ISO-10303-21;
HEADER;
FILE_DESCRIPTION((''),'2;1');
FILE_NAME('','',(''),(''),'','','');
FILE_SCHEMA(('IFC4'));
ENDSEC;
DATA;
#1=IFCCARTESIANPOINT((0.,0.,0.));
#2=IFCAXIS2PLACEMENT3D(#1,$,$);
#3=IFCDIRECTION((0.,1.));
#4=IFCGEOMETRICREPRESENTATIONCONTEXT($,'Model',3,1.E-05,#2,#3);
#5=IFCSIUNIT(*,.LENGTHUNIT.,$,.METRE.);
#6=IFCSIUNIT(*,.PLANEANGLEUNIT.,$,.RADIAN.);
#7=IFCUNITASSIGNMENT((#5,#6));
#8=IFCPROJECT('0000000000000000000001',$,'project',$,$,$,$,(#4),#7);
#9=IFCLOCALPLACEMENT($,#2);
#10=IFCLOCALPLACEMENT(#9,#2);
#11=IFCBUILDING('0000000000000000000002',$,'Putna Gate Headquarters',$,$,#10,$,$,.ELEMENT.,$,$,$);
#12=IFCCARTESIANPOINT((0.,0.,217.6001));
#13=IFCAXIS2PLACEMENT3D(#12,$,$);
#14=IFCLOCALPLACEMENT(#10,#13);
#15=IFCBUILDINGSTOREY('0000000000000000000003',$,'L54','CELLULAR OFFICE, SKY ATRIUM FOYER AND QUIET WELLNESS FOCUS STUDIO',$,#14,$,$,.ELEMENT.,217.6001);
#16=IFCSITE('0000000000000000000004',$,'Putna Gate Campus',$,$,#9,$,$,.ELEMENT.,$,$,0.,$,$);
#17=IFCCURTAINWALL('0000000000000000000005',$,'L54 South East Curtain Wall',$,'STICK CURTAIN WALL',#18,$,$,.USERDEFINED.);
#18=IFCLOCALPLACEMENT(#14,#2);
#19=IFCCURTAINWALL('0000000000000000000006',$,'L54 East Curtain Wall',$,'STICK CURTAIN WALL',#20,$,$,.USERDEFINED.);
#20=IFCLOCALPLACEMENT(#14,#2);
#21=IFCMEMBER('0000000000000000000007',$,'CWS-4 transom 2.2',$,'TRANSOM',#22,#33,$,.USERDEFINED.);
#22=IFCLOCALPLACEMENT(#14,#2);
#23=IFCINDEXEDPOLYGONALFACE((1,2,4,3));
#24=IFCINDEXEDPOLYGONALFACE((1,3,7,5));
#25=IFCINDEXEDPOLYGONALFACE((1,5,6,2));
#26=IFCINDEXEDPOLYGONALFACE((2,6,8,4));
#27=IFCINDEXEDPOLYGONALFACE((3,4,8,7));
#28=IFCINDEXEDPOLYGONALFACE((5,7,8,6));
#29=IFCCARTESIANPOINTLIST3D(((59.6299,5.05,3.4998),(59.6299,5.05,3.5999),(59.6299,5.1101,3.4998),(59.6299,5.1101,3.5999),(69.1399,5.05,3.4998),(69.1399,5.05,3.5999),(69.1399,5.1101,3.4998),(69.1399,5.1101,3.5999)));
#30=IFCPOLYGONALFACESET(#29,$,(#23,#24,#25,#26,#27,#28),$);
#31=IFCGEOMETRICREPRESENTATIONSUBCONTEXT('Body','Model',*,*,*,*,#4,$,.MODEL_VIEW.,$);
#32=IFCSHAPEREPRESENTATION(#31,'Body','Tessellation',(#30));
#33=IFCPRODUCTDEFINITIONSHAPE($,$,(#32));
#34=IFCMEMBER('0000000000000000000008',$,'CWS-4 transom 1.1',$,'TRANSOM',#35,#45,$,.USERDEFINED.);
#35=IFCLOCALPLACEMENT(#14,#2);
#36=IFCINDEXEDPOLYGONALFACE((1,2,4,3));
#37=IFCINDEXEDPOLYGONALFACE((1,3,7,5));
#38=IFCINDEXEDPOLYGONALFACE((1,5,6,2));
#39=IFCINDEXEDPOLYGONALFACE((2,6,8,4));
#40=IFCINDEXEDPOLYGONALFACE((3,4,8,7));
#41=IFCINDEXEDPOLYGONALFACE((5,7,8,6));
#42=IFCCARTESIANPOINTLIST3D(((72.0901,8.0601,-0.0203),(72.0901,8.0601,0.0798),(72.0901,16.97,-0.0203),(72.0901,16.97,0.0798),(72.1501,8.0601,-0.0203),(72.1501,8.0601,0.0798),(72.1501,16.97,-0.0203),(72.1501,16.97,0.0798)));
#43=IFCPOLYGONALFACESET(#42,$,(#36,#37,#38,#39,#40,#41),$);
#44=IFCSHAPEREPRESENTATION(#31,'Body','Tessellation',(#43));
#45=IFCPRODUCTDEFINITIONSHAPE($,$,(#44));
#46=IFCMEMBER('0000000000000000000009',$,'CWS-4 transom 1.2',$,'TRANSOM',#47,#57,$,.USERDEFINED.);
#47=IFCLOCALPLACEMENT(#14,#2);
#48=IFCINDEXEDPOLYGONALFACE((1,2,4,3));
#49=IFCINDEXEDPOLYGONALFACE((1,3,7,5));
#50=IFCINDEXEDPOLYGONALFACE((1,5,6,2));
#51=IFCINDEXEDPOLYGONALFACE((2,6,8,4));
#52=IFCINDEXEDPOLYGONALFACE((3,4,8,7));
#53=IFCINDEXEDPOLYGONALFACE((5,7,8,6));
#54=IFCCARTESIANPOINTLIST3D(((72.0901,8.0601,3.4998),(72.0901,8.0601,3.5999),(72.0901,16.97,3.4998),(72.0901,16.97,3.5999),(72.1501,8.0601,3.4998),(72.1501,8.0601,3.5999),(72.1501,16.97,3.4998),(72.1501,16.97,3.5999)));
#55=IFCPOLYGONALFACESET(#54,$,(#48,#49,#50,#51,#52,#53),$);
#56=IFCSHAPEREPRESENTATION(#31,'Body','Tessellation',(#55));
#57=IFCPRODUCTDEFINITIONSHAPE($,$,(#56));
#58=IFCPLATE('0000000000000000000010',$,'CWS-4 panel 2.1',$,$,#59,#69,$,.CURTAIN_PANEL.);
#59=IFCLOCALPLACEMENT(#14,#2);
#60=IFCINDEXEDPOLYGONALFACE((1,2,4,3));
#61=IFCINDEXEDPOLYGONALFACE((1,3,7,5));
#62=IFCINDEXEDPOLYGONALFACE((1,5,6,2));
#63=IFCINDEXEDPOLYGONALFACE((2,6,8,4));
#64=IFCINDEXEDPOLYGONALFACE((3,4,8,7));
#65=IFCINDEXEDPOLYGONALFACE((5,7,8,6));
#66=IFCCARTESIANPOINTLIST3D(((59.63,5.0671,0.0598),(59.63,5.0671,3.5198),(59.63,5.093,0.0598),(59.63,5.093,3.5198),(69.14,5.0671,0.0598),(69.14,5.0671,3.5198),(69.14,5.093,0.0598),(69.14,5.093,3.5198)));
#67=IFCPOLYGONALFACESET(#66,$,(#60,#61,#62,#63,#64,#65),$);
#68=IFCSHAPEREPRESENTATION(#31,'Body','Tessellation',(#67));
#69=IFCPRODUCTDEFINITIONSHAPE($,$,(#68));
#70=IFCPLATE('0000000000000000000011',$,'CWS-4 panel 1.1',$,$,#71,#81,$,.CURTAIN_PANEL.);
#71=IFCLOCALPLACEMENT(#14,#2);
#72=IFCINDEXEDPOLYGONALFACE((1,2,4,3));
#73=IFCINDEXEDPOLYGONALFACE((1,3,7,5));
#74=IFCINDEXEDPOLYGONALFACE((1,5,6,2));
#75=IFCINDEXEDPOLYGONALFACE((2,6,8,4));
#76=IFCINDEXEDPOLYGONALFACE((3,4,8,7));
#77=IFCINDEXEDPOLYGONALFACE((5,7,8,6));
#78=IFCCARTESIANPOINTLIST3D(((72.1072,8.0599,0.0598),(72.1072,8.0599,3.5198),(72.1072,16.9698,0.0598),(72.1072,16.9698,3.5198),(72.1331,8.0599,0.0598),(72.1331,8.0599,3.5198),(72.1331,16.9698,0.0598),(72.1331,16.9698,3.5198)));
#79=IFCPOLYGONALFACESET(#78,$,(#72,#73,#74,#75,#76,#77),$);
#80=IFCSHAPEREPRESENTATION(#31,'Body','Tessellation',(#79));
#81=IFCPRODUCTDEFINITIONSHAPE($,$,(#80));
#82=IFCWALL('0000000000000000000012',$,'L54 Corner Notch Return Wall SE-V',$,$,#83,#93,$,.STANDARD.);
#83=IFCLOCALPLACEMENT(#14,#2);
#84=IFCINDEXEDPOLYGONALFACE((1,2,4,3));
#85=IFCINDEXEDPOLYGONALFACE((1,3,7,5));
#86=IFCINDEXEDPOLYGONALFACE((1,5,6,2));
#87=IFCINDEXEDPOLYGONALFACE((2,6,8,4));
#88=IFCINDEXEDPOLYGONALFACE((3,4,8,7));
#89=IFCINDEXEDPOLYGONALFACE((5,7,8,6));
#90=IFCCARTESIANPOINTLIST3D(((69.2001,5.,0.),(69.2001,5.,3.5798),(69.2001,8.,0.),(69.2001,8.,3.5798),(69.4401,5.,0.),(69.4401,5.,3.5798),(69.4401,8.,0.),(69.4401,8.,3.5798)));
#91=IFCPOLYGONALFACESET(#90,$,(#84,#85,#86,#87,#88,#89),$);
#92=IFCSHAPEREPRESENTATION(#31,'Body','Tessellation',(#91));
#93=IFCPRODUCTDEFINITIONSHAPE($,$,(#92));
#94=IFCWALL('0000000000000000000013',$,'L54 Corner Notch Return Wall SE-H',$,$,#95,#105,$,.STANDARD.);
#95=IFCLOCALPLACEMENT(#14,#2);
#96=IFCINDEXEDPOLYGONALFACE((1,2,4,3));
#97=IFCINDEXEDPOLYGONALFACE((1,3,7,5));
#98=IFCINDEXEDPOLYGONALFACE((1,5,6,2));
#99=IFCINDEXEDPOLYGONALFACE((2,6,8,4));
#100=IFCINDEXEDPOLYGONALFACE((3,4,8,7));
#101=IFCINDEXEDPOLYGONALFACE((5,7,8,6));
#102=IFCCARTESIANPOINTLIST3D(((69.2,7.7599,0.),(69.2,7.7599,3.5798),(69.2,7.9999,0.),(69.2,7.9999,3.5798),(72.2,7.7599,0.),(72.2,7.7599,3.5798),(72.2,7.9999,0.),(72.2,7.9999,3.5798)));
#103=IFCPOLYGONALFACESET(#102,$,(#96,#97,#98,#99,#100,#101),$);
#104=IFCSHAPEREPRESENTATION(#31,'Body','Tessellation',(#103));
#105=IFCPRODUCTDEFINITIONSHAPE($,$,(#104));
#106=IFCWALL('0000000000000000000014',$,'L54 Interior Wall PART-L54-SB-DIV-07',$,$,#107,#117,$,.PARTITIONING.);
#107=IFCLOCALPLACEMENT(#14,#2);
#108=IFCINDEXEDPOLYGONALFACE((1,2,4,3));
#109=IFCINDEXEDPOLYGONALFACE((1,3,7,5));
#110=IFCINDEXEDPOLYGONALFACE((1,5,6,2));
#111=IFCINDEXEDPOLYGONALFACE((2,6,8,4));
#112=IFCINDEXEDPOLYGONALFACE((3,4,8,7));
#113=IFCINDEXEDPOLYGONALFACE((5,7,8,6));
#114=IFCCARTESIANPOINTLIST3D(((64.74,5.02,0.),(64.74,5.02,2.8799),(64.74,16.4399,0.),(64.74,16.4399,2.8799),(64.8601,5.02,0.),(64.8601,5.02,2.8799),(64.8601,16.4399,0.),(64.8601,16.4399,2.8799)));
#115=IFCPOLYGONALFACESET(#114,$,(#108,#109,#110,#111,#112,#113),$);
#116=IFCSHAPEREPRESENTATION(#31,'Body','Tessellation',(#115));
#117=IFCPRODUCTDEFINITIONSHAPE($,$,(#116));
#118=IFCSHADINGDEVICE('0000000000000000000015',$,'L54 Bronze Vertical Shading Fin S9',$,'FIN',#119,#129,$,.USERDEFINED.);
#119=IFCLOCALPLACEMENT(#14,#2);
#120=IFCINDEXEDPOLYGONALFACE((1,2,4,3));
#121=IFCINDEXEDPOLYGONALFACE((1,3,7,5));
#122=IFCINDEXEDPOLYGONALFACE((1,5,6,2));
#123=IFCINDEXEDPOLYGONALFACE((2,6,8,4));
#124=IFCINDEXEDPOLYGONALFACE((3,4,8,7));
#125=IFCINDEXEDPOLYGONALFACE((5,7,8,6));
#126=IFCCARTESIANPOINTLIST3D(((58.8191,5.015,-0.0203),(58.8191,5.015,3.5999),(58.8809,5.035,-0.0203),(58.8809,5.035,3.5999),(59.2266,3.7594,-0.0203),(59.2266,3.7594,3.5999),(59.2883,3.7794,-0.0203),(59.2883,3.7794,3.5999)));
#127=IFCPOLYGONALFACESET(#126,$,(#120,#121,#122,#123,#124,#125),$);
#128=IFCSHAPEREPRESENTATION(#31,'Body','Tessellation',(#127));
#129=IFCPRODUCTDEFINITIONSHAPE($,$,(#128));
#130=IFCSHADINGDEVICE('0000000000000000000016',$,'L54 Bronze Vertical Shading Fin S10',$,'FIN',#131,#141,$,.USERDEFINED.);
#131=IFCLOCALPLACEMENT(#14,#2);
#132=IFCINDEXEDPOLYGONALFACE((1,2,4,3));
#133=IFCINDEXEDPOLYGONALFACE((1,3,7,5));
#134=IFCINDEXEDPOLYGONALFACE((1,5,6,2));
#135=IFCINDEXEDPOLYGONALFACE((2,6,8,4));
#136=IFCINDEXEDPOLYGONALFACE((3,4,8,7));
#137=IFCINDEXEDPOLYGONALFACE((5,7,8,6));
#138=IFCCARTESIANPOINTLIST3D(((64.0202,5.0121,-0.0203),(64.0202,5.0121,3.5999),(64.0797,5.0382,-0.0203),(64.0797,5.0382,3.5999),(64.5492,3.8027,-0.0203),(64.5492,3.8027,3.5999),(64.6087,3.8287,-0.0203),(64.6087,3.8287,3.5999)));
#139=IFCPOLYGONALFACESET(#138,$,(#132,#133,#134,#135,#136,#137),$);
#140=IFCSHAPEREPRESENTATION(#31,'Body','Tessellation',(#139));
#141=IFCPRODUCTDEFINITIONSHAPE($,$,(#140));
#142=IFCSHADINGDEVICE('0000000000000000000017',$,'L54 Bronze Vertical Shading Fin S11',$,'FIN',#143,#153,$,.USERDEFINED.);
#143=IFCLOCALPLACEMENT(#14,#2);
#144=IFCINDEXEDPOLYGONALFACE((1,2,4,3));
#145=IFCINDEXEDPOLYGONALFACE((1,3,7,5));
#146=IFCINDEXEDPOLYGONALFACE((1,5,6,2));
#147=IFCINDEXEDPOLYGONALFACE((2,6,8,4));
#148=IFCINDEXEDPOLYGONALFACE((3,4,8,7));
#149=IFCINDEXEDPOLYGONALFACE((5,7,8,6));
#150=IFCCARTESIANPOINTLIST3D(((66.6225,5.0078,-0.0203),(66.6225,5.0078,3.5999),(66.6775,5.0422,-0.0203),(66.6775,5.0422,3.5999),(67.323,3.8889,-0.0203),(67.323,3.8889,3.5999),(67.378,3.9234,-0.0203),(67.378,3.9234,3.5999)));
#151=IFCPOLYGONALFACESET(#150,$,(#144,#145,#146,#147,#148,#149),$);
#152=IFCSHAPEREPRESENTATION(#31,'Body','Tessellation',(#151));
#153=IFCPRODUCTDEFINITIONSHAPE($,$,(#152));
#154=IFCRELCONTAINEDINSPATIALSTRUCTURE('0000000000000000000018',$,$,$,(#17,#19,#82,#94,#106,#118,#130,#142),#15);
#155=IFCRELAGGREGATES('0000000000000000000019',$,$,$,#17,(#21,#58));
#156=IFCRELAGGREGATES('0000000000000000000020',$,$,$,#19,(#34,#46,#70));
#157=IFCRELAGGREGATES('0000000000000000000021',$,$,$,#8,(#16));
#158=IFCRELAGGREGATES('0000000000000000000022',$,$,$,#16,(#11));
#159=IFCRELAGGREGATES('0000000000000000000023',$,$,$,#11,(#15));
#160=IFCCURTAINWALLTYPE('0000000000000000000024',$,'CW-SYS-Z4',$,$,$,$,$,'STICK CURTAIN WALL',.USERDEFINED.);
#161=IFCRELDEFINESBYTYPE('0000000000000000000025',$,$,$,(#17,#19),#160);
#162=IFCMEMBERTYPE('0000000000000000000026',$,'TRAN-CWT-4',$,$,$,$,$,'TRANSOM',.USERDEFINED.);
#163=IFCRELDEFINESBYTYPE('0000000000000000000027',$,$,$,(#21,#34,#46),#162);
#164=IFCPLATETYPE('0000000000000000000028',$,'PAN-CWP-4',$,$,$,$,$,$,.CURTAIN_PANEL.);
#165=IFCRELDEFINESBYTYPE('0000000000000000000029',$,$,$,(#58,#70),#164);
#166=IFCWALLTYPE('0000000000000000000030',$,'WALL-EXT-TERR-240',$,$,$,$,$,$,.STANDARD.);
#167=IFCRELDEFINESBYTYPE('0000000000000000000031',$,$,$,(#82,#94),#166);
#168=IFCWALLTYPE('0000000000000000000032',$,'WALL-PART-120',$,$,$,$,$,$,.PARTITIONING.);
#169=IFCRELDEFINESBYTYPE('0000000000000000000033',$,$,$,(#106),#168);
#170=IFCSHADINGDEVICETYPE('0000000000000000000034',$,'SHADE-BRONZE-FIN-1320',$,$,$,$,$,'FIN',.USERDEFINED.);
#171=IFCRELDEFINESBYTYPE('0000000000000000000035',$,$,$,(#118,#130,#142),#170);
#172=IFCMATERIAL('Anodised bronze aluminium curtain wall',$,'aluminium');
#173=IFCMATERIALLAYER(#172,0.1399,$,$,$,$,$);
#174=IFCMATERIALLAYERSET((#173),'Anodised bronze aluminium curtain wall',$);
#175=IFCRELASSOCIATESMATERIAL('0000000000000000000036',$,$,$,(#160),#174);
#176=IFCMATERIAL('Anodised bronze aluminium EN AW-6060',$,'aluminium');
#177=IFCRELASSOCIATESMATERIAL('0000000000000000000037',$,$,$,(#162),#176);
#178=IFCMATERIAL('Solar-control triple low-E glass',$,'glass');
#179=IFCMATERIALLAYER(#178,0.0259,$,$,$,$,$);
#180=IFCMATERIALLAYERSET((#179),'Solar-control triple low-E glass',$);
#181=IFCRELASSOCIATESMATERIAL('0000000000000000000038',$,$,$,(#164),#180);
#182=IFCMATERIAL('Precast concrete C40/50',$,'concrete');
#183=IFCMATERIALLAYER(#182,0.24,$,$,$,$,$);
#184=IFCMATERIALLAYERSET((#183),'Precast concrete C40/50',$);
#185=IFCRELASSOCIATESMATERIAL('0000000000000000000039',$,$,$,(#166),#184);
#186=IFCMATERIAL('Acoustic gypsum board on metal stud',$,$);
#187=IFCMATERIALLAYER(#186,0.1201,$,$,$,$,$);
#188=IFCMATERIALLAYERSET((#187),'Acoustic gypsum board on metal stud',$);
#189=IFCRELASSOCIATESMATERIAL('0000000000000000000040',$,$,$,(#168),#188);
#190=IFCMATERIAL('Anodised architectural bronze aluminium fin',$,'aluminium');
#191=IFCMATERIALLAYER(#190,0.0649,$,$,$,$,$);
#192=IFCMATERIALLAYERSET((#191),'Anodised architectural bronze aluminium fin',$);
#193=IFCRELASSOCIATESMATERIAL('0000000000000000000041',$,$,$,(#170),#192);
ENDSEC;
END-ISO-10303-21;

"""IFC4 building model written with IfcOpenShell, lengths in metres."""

from ifc_helpers import new_model, si_unit, direction, frame, frame_2d, origin, origin_2d, place, context, subcontext, project, spatial, rectangle, extrude, material, layer, layer_set, material_profile, profile_set, type_object, element, aggregate, save


model = new_model("IFC4")

# Units and contexts
model_context = context("Model", 3, precision=1e-05, world=origin(), true_north=direction((0.0, 1.0)))
body_context = subcontext(model_context, "Body", "Model", "MODEL_VIEW")
ifc_project = project(units=[si_unit("LENGTHUNIT", "METRE"), si_unit("PLANEANGLEUNIT", "RADIAN")], contexts=[model_context])

# Site, building, storey
site_placement = place(None, origin())
site = spatial("IfcSite", under=ifc_project, at=site_placement, Name="Putna Gate Campus", CompositionType="ELEMENT", RefElevation=0.0)
building_placement = place(site_placement, origin())
building = spatial("IfcBuilding", under=site, at=building_placement, Name="Putna Gate Headquarters", CompositionType="ELEMENT")
storey_placement = place(building_placement, frame((0.0, 0.0, 217.6001)))
storey = spatial("IfcBuildingStorey", under=building, at=storey_placement, Name="L54", Description="CELLULAR OFFICE, SKY ATRIUM FOYER AND QUIET WELLNESS FOCUS STUDIO", CompositionType="ELEMENT", Elevation=217.6001)

# Curtain wall
ifc_material_1 = material(Name="Anodised bronze aluminium curtain wall", Category="aluminium")
ifc_layer_1 = layer(ifc_material_1, 0.1399)
ifc_layer_set_1 = layer_set([ifc_layer_1], Name="Anodised bronze aluminium curtain wall")
curtain_wall_type = type_object("IfcCurtainWallType", Name="CW-SYS-Z4", ElementType="STICK CURTAIN WALL", PredefinedType="USERDEFINED", material=ifc_layer_set_1)
curtain_wall_1_placement = place(storey_placement, origin())
curtain_wall_1 = element("IfcCurtainWall", 1, at=curtain_wall_1_placement, inside=storey, type_object=curtain_wall_type, Name="L54 South East Curtain Wall", ObjectType="STICK CURTAIN WALL", PredefinedType="USERDEFINED")
ifc_material_2 = material(Name="Anodised bronze aluminium EN AW-6060", Category="aluminium")

# Curtain wall
curtain_wall_2_placement = place(storey_placement, origin())
curtain_wall_2 = element("IfcCurtainWall", 2, at=curtain_wall_2_placement, inside=storey, type_object=curtain_wall_type, Name="L54 East Curtain Wall", ObjectType="STICK CURTAIN WALL", PredefinedType="USERDEFINED")

# Members
ifc_material_profile_1 = material_profile(ifc_material_2, rectangle(XDim=0.0601, YDim=0.1001, at=origin_2d()), Name="Anodised bronze aluminium EN AW-6060")
ifc_profile_set_1 = profile_set([ifc_material_profile_1], Name="Anodised bronze aluminium EN AW-6060")
member_type_1 = type_object("IfcMemberType", Name="TRAN-CWT-4", ElementType="TRANSOM", PredefinedType="USERDEFINED", material=ifc_profile_set_1)
member_1_placement = place(storey_placement, frame((59.6299, 5.0801, 3.5498), z_axis=(1.0, 0.0, 0.0), x_axis=(0.0, 1.0, 0.0)))
member_1 = element("IfcMember", 3, at=member_1_placement, type_object=member_type_1, Name="CWS-4 transom 2.2", ObjectType="TRANSOM", PredefinedType="USERDEFINED", context=body_context, shape_type="SweptSolid", body=[
    extrude(rectangle(XDim=0.0601, YDim=0.1001, at=origin_2d()), origin(), (0.0, 0.0, 1.0), 9.51),
])
member_2_placement = place(storey_placement, frame((72.1201, 8.0601, 0.0298), z_axis=(0.0, 1.0, 0.0), x_axis=(-1.0, 0.0, 0.0)))
member_2 = element("IfcMember", 4, at=member_2_placement, type_object=member_type_1, Name="CWS-4 transom 1.1", ObjectType="TRANSOM", PredefinedType="USERDEFINED", context=body_context, shape_type="SweptSolid", body=[
    extrude(rectangle(XDim=0.0601, YDim=0.1001, at=origin_2d()), origin(), (0.0, 0.0, 1.0), 8.9099),
])
member_3_placement = place(storey_placement, frame((72.1201, 8.0601, 3.5498), z_axis=(0.0, 1.0, 0.0), x_axis=(-1.0, 0.0, 0.0)))
member_3 = element("IfcMember", 5, at=member_3_placement, type_object=member_type_1, Name="CWS-4 transom 1.2", ObjectType="TRANSOM", PredefinedType="USERDEFINED", context=body_context, shape_type="SweptSolid", body=[
    extrude(rectangle(XDim=0.0601, YDim=0.1001, at=origin_2d()), origin(), (0.0, 0.0, 1.0), 8.9099),
])

# Plates
ifc_material_3 = material(Name="Solar-control triple low-E glass", Category="glass")
ifc_layer_2 = layer(ifc_material_3, 0.0259)
ifc_layer_set_2 = layer_set([ifc_layer_2], Name="Solar-control triple low-E glass")
plate_type = type_object("IfcPlateType", Name="PAN-CWP-4", PredefinedType="CURTAIN_PANEL", material=ifc_layer_set_2)
plate_1_placement = place(storey_placement, frame((64.385, 5.0801, 0.0598), z_axis=(0.0, 0.0, 1.0), x_axis=(1.0, 0.0, 0.0)))
plate_1 = element("IfcPlate", 6, at=plate_1_placement, type_object=plate_type, Name="CWS-4 panel 2.1", PredefinedType="CURTAIN_PANEL", context=body_context, shape_type="SweptSolid", body=[
    extrude(rectangle(XDim=9.51, YDim=0.0259, at=origin_2d()), origin(), (0.0, 0.0, 1.0), 3.46),
])
aggregate(curtain_wall_1, [member_1, plate_1])
plate_2_placement = place(storey_placement, frame((72.1201, 12.5149, 0.0598), z_axis=(0.0, 0.0, 1.0), x_axis=(0.0, 1.0, 0.0)))
plate_2 = element("IfcPlate", 7, at=plate_2_placement, type_object=plate_type, Name="CWS-4 panel 1.1", PredefinedType="CURTAIN_PANEL", context=body_context, shape_type="SweptSolid", body=[
    extrude(rectangle(XDim=8.9099, YDim=0.0259, at=origin_2d()), origin(), (0.0, 0.0, 1.0), 3.46),
])
aggregate(curtain_wall_2, [member_2, member_3, plate_2])

# Walls
ifc_material_4 = material(Name="Precast concrete C40/50", Category="concrete")
ifc_layer_3 = layer(ifc_material_4, 0.24)
ifc_layer_set_3 = layer_set([ifc_layer_3], Name="Precast concrete C40/50")
wall_type_1 = type_object("IfcWallType", Name="WALL-EXT-TERR-240", PredefinedType="STANDARD", material=ifc_layer_set_3)
for number, where, z_axis, x_axis, name in (
    (8, (69.3201, 8.0, 0.0), (0.0, 0.0, 1.0), (0.0, -1.0, 0.0), "L54 Corner Notch Return Wall SE-V"),
    (9, (72.2, 7.8799, 0.0), (0.0, 0.0, 1.0), (-1.0, 0.0, 0.0), "L54 Corner Notch Return Wall SE-H"),
):
    element("IfcWall", number, at=place(storey_placement, frame(where, z_axis=z_axis, x_axis=x_axis)), inside=storey, type_object=wall_type_1, Name=name, PredefinedType="STANDARD", context=body_context, shape_type="SweptSolid", body=[
        extrude(rectangle(XDim=3.0, YDim=0.24, at=frame_2d((1.5, 0.0))), origin(), (0.0, 0.0, 1.0), 3.5798),
    ])
ifc_material_5 = material(Name="Acoustic gypsum board on metal stud")
ifc_layer_4 = layer(ifc_material_5, 0.1201)
ifc_layer_set_4 = layer_set([ifc_layer_4], Name="Acoustic gypsum board on metal stud")
wall_type_2 = type_object("IfcWallType", Name="WALL-PART-120", PredefinedType="PARTITIONING", material=ifc_layer_set_4)
wall_placement = place(storey_placement, frame((64.8, 5.02, 0.0), z_axis=(0.0, 0.0, 1.0), x_axis=(0.0, 1.0, 0.0)))
element("IfcWall", 10, at=wall_placement, inside=storey, type_object=wall_type_2, Name="L54 Interior Wall PART-L54-SB-DIV-07", PredefinedType="PARTITIONING", context=body_context, shape_type="SweptSolid", body=[
    extrude(rectangle(XDim=11.4199, YDim=0.1201, at=frame_2d((5.71, 0.0))), origin(), (0.0, 0.0, 1.0), 2.8799),
])

# Shading devices
ifc_material_6 = material(Name="Anodised architectural bronze aluminium fin", Category="aluminium")
ifc_layer_5 = layer(ifc_material_6, 0.0649)
ifc_layer_set_5 = layer_set([ifc_layer_5], Name="Anodised architectural bronze aluminium fin")
shading_device_type = type_object("IfcShadingDeviceType", Name="SHADE-BRONZE-FIN-1320", ElementType="FIN", PredefinedType="USERDEFINED", material=ifc_layer_set_5)
for number, where, z_axis, x_axis, name in (
    (11, (59.0537, 4.3972, -0.0203), (0.0, 0.0, 1.0), (0.308685, -0.951164, 0.0), "L54 Bronze Vertical Shading Fin S9"),
    (12, (64.3145, 4.4204, -0.0203), (0.0, 0.0, 1.0), (0.400669, -0.916223, 0.0), "L54 Bronze Vertical Shading Fin S10"),
    (13, (67.0002, 4.4656, -0.0203), (0.0, 0.0, 1.0), (0.530659, -0.847585, 0.0), "L54 Bronze Vertical Shading Fin S11"),
):
    element("IfcShadingDevice", number, at=place(storey_placement, frame(where, z_axis=z_axis, x_axis=x_axis)), inside=storey, type_object=shading_device_type, Name=name, ObjectType="FIN", PredefinedType="USERDEFINED", context=body_context, shape_type="SweptSolid", body=[
        extrude(rectangle(XDim=1.3201, YDim=0.0649, at=origin_2d()), origin(), (0.0, 0.0, 1.0), 3.6201),
    ])

save(model, "model.ifc")
